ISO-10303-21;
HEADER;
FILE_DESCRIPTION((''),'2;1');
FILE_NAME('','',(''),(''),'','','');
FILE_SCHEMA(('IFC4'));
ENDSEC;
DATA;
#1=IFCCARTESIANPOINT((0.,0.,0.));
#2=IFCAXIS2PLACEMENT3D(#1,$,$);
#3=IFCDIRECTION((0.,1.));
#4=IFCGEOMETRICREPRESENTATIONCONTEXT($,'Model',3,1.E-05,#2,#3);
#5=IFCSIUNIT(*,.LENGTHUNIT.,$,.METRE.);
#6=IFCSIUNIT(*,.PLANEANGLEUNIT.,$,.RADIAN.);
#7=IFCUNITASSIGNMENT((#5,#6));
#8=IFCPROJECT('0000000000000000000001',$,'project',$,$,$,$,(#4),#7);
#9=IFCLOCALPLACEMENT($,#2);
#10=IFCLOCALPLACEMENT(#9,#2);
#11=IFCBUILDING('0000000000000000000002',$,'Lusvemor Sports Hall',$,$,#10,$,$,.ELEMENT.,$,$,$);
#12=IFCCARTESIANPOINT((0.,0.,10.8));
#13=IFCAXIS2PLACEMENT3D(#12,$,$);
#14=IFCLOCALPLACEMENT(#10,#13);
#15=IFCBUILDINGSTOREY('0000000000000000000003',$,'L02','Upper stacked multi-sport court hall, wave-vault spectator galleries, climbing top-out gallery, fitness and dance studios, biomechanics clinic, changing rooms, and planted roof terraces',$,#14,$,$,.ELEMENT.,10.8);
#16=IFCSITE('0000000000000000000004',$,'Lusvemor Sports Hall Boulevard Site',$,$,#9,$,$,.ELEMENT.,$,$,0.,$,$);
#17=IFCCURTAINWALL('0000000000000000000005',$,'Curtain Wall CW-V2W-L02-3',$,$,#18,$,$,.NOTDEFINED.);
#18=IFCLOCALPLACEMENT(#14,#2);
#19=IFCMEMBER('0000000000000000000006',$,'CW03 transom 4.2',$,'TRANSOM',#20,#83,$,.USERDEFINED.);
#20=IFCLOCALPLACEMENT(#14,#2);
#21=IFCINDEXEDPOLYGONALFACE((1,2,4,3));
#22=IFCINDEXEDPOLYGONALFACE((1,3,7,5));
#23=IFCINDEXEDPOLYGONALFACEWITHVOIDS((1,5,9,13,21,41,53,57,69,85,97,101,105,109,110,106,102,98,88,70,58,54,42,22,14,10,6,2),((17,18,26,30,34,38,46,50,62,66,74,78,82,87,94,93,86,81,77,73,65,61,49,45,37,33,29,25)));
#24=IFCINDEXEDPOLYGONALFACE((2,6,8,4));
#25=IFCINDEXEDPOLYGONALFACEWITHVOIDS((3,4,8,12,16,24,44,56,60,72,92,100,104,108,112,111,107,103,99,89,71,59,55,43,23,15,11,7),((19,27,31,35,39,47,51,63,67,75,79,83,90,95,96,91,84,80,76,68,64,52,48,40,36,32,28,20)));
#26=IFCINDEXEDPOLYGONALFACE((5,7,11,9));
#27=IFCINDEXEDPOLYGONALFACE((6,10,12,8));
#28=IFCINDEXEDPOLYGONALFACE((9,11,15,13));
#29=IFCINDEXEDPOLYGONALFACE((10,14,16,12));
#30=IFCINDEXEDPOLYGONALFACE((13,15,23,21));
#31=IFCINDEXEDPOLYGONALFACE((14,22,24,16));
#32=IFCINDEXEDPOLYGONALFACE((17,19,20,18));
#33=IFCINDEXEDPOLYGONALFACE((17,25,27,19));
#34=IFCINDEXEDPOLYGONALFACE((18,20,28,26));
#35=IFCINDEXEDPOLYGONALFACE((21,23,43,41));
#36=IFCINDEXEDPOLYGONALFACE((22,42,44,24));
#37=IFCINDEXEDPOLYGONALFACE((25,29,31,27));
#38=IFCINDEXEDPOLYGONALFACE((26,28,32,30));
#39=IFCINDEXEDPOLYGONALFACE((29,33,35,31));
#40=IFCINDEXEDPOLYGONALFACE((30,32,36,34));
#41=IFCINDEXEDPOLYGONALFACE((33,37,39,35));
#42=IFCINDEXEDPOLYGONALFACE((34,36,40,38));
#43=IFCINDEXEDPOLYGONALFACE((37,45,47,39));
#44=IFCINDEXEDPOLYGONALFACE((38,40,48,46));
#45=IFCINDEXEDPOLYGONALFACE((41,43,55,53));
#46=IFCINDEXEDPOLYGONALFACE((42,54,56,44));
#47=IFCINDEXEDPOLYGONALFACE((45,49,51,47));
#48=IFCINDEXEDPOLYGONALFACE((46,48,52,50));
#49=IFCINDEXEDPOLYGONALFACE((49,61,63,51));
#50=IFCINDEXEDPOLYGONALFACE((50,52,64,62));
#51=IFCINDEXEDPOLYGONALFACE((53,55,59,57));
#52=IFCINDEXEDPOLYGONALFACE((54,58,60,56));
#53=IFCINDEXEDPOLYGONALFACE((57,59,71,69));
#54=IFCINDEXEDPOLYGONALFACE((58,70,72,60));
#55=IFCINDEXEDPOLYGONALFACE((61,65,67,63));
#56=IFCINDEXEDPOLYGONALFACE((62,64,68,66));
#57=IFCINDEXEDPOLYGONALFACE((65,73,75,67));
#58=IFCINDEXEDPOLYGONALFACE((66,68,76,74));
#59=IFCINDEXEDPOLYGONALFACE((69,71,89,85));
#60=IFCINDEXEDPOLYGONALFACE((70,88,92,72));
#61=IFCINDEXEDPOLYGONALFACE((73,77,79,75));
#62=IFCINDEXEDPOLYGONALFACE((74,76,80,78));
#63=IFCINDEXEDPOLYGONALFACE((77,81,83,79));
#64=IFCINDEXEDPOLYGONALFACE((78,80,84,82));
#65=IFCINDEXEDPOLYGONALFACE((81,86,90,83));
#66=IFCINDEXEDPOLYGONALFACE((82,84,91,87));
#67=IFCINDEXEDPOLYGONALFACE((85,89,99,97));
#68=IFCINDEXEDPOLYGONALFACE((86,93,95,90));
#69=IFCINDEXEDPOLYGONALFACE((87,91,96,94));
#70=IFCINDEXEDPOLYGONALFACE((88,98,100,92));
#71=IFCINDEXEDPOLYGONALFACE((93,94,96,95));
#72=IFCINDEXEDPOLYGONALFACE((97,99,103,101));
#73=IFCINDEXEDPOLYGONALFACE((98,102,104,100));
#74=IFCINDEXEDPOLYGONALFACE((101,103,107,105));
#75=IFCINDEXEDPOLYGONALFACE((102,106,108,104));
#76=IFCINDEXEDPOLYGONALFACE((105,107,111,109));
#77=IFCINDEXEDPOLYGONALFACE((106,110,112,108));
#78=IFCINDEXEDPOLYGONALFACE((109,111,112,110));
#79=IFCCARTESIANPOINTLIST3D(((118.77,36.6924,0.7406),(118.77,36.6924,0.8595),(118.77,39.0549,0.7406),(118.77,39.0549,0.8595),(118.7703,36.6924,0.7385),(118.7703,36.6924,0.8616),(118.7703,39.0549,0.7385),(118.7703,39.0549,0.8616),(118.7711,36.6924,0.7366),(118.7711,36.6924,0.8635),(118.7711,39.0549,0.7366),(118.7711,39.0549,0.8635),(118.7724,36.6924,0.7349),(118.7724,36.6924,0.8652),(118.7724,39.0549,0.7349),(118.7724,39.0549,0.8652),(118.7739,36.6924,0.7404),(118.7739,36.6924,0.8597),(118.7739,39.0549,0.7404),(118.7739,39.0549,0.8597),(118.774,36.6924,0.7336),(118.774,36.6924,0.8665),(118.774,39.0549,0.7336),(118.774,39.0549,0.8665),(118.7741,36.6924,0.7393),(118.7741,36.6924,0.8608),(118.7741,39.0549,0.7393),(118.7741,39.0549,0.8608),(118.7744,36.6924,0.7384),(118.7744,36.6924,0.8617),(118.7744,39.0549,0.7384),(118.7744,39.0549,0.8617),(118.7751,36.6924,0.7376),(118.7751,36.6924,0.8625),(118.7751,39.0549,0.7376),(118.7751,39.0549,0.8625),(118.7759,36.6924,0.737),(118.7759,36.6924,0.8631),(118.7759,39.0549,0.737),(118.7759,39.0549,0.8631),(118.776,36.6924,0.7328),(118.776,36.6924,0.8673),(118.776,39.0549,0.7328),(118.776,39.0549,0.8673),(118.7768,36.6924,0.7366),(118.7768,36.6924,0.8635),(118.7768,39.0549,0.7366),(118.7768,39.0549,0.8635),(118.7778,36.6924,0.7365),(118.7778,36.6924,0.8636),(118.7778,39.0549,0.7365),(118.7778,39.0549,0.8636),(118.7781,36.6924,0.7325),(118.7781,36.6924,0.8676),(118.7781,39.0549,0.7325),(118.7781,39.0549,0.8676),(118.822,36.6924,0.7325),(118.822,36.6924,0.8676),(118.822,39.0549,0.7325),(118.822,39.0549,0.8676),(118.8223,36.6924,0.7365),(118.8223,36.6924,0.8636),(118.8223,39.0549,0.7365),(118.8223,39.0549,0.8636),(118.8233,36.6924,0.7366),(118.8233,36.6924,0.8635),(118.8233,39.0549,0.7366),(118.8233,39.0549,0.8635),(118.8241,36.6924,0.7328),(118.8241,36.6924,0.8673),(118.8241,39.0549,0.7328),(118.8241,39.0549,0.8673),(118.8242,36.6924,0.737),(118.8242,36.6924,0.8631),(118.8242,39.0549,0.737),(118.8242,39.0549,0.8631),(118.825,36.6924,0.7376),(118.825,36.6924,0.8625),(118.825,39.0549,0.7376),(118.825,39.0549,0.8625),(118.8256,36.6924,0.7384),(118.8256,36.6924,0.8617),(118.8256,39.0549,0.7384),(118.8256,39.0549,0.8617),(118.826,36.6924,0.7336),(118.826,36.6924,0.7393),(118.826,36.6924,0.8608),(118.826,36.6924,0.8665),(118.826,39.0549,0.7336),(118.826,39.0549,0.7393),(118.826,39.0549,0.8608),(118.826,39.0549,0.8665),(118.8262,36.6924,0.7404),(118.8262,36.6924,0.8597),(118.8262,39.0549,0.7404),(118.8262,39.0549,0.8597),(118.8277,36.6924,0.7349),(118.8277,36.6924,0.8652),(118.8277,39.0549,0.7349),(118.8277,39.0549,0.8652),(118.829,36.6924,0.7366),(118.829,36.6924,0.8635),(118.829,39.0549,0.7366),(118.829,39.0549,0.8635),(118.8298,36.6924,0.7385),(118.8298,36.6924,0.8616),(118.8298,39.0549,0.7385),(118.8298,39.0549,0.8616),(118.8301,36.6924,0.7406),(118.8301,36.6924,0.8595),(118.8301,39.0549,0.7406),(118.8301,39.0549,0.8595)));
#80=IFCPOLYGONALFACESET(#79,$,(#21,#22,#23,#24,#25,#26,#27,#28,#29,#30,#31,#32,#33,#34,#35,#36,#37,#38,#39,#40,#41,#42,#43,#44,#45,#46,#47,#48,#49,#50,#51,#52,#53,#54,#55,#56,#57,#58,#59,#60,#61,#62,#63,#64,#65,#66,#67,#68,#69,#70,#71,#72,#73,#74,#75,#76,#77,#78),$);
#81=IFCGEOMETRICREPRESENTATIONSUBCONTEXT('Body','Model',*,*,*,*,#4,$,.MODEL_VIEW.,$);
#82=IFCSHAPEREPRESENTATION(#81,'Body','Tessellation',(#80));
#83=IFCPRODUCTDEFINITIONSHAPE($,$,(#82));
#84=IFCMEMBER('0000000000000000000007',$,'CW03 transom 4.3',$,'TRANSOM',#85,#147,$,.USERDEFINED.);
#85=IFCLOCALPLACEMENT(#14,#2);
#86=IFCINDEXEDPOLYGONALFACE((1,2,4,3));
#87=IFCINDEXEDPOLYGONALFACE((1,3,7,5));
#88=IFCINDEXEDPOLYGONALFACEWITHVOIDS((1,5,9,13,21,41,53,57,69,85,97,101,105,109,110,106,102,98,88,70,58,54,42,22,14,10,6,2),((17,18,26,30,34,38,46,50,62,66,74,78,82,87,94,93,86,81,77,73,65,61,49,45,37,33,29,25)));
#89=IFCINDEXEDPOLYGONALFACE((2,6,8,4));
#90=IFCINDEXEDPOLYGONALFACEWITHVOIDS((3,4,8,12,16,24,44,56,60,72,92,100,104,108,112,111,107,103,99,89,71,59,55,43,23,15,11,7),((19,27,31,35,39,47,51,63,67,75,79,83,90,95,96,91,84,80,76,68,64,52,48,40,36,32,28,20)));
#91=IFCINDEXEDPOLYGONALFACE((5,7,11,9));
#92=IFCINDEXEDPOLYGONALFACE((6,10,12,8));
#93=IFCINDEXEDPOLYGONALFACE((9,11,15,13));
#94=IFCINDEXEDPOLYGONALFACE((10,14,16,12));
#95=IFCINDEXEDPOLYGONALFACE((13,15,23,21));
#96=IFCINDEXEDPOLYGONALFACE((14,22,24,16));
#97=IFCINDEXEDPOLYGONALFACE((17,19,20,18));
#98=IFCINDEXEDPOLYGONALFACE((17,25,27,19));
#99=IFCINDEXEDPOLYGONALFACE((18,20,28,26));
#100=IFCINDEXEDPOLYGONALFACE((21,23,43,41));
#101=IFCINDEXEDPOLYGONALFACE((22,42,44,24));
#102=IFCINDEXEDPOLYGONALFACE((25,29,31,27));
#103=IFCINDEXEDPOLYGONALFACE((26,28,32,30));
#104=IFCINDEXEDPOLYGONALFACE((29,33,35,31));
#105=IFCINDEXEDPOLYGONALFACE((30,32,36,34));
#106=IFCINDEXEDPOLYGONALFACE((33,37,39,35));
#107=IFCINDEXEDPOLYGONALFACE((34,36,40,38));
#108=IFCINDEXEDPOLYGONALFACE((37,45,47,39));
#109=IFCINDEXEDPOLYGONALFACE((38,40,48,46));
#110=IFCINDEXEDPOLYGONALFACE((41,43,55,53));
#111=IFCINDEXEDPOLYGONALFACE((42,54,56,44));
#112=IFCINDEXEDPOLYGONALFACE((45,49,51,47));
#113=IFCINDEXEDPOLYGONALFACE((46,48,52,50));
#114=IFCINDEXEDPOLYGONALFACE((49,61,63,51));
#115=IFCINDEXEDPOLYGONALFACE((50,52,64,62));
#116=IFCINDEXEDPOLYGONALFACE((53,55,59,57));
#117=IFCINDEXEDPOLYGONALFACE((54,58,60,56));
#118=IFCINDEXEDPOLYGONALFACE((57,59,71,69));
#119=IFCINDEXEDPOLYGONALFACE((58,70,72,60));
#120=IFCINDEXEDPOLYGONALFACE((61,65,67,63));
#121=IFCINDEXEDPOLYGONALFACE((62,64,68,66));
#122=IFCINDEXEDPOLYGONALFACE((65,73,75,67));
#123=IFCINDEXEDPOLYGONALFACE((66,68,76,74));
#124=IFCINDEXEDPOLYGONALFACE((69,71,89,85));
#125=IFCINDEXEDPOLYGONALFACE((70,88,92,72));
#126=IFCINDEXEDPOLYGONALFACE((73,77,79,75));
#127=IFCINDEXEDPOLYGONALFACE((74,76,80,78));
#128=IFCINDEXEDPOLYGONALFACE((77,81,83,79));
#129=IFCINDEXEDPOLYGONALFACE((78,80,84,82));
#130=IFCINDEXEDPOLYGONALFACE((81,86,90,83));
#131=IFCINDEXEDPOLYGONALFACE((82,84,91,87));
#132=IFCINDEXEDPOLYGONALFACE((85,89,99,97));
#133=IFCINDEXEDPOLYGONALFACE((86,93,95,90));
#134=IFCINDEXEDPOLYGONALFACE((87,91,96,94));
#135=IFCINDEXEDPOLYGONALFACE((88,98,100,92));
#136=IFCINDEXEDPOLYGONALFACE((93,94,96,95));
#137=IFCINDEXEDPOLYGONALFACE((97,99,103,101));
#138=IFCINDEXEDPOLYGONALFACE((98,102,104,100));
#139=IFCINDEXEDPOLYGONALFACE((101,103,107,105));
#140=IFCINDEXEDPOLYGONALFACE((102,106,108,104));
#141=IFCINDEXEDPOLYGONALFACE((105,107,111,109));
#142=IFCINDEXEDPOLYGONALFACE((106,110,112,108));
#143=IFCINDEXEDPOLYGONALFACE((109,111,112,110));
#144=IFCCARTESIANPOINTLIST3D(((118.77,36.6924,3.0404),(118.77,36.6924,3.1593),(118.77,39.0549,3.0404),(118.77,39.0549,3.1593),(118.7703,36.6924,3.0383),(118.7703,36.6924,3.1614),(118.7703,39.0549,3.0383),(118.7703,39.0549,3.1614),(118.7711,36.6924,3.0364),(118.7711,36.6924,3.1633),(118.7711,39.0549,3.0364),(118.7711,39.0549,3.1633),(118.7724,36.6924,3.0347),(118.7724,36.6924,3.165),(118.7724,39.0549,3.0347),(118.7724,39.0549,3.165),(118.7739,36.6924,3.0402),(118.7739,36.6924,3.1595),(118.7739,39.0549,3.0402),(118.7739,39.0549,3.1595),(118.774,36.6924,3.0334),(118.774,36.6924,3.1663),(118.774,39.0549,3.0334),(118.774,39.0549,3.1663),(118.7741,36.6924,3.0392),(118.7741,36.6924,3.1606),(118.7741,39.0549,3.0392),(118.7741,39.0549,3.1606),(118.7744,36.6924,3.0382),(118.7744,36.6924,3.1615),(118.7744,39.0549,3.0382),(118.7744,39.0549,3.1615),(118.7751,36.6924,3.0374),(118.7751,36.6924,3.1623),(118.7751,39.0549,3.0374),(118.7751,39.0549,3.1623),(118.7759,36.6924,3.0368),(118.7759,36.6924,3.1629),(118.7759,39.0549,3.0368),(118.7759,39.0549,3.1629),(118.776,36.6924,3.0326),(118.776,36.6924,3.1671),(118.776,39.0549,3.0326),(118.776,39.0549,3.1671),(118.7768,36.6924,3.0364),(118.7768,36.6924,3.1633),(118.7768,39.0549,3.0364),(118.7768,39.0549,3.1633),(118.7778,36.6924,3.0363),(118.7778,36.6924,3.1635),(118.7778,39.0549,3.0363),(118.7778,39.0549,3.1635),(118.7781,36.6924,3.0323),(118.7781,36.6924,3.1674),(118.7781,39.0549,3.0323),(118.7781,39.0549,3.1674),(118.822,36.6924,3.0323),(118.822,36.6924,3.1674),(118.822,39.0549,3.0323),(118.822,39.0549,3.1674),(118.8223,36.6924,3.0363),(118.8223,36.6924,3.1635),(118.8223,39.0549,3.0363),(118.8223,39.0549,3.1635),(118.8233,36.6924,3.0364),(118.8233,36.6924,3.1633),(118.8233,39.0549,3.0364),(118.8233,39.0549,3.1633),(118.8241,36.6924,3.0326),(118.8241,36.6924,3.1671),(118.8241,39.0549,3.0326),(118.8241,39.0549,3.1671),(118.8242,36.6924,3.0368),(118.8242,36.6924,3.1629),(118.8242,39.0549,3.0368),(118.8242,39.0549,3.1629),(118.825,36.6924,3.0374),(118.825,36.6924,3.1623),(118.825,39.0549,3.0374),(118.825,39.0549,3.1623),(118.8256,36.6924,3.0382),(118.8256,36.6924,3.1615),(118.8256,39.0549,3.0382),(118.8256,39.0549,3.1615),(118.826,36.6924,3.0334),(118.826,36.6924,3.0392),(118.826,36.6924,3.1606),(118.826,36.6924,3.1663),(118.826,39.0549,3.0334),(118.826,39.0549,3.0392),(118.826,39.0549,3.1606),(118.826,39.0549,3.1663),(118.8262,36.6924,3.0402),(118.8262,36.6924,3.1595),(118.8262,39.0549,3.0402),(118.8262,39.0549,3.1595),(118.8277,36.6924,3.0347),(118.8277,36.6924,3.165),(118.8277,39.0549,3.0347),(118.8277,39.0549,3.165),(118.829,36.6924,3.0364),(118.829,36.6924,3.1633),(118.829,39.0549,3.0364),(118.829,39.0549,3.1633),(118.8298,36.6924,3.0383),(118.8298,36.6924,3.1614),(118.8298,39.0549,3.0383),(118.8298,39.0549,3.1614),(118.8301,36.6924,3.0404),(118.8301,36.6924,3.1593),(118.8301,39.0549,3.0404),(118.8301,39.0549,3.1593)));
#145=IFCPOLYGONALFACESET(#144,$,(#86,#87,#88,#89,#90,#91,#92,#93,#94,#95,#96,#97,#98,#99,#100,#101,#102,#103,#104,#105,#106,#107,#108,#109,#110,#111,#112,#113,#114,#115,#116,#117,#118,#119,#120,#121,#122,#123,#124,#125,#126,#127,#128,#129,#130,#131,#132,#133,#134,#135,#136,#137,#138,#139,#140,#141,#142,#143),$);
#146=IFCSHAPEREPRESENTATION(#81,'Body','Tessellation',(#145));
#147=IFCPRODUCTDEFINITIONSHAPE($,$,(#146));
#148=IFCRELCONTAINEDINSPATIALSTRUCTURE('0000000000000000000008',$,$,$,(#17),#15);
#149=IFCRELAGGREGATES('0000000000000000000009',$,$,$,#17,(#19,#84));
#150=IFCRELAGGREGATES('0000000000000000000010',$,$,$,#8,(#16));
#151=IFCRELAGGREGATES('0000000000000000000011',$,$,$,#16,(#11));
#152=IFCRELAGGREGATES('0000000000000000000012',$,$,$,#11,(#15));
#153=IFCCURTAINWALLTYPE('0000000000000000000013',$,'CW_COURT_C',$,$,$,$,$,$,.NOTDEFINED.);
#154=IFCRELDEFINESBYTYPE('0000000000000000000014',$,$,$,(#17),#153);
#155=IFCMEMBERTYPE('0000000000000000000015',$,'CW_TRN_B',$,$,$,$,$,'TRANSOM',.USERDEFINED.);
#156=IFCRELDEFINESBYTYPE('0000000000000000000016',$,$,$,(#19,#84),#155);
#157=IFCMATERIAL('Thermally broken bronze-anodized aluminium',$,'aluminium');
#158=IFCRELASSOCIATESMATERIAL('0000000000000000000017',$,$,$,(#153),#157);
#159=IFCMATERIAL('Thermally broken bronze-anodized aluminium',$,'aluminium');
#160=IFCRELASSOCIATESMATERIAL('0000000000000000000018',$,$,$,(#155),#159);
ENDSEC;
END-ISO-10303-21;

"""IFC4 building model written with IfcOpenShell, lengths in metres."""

from ifc_helpers import new_model, si_unit, direction, frame, origin, origin_2d, place, context, subcontext, project, spatial, hollow_rectangle, extrude, material, material_profile, profile_set, type_object, element, aggregate, save


model = new_model("IFC4")

# Units and contexts
model_context = context("Model", 3, precision=1e-05, world=origin(), true_north=direction((0.0, 1.0)))
body_context = subcontext(model_context, "Body", "Model", "MODEL_VIEW")
ifc_project = project(units=[si_unit("LENGTHUNIT", "METRE"), si_unit("PLANEANGLEUNIT", "RADIAN")], contexts=[model_context])

# Site, building, storey
site_placement = place(None, origin())
site = spatial("IfcSite", under=ifc_project, at=site_placement, Name="Lusvemor Sports Hall Boulevard Site", CompositionType="ELEMENT", RefElevation=0.0)
building_placement = place(site_placement, origin())
building = spatial("IfcBuilding", under=site, at=building_placement, Name="Lusvemor Sports Hall", CompositionType="ELEMENT")
storey_placement = place(building_placement, frame((0.0, 0.0, 10.8)))
storey = spatial("IfcBuildingStorey", under=building, at=storey_placement, Name="L02", Description="Upper stacked multi-sport court hall, wave-vault spectator galleries, climbing top-out gallery, fitness and dance studios, biomechanics clinic, changing rooms, and planted roof terraces", CompositionType="ELEMENT", Elevation=10.8)

# Curtain wall, members
ifc_material_1 = material(Name="Thermally broken bronze-anodized aluminium", Category="aluminium")
curtain_wall_type = type_object("IfcCurtainWallType", Name="CW_COURT_C", PredefinedType="NOTDEFINED", material=ifc_material_1)
curtain_wall_placement = place(storey_placement, origin())
curtain_wall = element("IfcCurtainWall", 1, at=curtain_wall_placement, inside=storey, type_object=curtain_wall_type, Name="Curtain Wall CW-V2W-L02-3", PredefinedType="NOTDEFINED")
ifc_material_2 = material(Name="Thermally broken bronze-anodized aluminium", Category="aluminium")
ifc_material_profile_1 = material_profile(ifc_material_2, hollow_rectangle(XDim=0.0601, YDim=0.135, WallThickness=0.0039, InnerFilletRadius=0.0039, OuterFilletRadius=0.0081, at=origin_2d()), Name="CWTRN135x60x4")
ifc_profile_set_1 = profile_set([ifc_material_profile_1], Name="Thermally broken bronze-anodized aluminium")
member_type_1 = type_object("IfcMemberType", Name="CW_TRN_B", ElementType="TRANSOM", PredefinedType="USERDEFINED", material=ifc_profile_set_1)
member_1_placement = place(storey_placement, frame((118.8, 36.6924, 0.8), z_axis=(0.0, 1.0, 0.0), x_axis=(-1.0, 0.0, 0.0)))
member_1 = element("IfcMember", 2, at=member_1_placement, type_object=member_type_1, Name="CW03 transom 4.2", ObjectType="TRANSOM", PredefinedType="USERDEFINED", context=body_context, shape_type="SweptSolid", body=[
    extrude(hollow_rectangle(XDim=0.0601, YDim=0.135, WallThickness=0.0039, InnerFilletRadius=0.0039, OuterFilletRadius=0.0081, at=origin_2d()), origin(), (0.0, 0.0, 1.0), 2.3625),
])
member_2_placement = place(storey_placement, frame((118.8, 36.6924, 3.0999), z_axis=(0.0, 1.0, 0.0), x_axis=(-1.0, 0.0, 0.0)))
member_2 = element("IfcMember", 3, at=member_2_placement, type_object=member_type_1, Name="CW03 transom 4.3", ObjectType="TRANSOM", PredefinedType="USERDEFINED", context=body_context, shape_type="SweptSolid", body=[
    extrude(hollow_rectangle(XDim=0.0601, YDim=0.135, WallThickness=0.0039, InnerFilletRadius=0.0039, OuterFilletRadius=0.0081, at=origin_2d()), origin(), (0.0, 0.0, 1.0), 2.3625),
])
aggregate(curtain_wall, [member_1, member_2])

save(model, "model.ifc")
